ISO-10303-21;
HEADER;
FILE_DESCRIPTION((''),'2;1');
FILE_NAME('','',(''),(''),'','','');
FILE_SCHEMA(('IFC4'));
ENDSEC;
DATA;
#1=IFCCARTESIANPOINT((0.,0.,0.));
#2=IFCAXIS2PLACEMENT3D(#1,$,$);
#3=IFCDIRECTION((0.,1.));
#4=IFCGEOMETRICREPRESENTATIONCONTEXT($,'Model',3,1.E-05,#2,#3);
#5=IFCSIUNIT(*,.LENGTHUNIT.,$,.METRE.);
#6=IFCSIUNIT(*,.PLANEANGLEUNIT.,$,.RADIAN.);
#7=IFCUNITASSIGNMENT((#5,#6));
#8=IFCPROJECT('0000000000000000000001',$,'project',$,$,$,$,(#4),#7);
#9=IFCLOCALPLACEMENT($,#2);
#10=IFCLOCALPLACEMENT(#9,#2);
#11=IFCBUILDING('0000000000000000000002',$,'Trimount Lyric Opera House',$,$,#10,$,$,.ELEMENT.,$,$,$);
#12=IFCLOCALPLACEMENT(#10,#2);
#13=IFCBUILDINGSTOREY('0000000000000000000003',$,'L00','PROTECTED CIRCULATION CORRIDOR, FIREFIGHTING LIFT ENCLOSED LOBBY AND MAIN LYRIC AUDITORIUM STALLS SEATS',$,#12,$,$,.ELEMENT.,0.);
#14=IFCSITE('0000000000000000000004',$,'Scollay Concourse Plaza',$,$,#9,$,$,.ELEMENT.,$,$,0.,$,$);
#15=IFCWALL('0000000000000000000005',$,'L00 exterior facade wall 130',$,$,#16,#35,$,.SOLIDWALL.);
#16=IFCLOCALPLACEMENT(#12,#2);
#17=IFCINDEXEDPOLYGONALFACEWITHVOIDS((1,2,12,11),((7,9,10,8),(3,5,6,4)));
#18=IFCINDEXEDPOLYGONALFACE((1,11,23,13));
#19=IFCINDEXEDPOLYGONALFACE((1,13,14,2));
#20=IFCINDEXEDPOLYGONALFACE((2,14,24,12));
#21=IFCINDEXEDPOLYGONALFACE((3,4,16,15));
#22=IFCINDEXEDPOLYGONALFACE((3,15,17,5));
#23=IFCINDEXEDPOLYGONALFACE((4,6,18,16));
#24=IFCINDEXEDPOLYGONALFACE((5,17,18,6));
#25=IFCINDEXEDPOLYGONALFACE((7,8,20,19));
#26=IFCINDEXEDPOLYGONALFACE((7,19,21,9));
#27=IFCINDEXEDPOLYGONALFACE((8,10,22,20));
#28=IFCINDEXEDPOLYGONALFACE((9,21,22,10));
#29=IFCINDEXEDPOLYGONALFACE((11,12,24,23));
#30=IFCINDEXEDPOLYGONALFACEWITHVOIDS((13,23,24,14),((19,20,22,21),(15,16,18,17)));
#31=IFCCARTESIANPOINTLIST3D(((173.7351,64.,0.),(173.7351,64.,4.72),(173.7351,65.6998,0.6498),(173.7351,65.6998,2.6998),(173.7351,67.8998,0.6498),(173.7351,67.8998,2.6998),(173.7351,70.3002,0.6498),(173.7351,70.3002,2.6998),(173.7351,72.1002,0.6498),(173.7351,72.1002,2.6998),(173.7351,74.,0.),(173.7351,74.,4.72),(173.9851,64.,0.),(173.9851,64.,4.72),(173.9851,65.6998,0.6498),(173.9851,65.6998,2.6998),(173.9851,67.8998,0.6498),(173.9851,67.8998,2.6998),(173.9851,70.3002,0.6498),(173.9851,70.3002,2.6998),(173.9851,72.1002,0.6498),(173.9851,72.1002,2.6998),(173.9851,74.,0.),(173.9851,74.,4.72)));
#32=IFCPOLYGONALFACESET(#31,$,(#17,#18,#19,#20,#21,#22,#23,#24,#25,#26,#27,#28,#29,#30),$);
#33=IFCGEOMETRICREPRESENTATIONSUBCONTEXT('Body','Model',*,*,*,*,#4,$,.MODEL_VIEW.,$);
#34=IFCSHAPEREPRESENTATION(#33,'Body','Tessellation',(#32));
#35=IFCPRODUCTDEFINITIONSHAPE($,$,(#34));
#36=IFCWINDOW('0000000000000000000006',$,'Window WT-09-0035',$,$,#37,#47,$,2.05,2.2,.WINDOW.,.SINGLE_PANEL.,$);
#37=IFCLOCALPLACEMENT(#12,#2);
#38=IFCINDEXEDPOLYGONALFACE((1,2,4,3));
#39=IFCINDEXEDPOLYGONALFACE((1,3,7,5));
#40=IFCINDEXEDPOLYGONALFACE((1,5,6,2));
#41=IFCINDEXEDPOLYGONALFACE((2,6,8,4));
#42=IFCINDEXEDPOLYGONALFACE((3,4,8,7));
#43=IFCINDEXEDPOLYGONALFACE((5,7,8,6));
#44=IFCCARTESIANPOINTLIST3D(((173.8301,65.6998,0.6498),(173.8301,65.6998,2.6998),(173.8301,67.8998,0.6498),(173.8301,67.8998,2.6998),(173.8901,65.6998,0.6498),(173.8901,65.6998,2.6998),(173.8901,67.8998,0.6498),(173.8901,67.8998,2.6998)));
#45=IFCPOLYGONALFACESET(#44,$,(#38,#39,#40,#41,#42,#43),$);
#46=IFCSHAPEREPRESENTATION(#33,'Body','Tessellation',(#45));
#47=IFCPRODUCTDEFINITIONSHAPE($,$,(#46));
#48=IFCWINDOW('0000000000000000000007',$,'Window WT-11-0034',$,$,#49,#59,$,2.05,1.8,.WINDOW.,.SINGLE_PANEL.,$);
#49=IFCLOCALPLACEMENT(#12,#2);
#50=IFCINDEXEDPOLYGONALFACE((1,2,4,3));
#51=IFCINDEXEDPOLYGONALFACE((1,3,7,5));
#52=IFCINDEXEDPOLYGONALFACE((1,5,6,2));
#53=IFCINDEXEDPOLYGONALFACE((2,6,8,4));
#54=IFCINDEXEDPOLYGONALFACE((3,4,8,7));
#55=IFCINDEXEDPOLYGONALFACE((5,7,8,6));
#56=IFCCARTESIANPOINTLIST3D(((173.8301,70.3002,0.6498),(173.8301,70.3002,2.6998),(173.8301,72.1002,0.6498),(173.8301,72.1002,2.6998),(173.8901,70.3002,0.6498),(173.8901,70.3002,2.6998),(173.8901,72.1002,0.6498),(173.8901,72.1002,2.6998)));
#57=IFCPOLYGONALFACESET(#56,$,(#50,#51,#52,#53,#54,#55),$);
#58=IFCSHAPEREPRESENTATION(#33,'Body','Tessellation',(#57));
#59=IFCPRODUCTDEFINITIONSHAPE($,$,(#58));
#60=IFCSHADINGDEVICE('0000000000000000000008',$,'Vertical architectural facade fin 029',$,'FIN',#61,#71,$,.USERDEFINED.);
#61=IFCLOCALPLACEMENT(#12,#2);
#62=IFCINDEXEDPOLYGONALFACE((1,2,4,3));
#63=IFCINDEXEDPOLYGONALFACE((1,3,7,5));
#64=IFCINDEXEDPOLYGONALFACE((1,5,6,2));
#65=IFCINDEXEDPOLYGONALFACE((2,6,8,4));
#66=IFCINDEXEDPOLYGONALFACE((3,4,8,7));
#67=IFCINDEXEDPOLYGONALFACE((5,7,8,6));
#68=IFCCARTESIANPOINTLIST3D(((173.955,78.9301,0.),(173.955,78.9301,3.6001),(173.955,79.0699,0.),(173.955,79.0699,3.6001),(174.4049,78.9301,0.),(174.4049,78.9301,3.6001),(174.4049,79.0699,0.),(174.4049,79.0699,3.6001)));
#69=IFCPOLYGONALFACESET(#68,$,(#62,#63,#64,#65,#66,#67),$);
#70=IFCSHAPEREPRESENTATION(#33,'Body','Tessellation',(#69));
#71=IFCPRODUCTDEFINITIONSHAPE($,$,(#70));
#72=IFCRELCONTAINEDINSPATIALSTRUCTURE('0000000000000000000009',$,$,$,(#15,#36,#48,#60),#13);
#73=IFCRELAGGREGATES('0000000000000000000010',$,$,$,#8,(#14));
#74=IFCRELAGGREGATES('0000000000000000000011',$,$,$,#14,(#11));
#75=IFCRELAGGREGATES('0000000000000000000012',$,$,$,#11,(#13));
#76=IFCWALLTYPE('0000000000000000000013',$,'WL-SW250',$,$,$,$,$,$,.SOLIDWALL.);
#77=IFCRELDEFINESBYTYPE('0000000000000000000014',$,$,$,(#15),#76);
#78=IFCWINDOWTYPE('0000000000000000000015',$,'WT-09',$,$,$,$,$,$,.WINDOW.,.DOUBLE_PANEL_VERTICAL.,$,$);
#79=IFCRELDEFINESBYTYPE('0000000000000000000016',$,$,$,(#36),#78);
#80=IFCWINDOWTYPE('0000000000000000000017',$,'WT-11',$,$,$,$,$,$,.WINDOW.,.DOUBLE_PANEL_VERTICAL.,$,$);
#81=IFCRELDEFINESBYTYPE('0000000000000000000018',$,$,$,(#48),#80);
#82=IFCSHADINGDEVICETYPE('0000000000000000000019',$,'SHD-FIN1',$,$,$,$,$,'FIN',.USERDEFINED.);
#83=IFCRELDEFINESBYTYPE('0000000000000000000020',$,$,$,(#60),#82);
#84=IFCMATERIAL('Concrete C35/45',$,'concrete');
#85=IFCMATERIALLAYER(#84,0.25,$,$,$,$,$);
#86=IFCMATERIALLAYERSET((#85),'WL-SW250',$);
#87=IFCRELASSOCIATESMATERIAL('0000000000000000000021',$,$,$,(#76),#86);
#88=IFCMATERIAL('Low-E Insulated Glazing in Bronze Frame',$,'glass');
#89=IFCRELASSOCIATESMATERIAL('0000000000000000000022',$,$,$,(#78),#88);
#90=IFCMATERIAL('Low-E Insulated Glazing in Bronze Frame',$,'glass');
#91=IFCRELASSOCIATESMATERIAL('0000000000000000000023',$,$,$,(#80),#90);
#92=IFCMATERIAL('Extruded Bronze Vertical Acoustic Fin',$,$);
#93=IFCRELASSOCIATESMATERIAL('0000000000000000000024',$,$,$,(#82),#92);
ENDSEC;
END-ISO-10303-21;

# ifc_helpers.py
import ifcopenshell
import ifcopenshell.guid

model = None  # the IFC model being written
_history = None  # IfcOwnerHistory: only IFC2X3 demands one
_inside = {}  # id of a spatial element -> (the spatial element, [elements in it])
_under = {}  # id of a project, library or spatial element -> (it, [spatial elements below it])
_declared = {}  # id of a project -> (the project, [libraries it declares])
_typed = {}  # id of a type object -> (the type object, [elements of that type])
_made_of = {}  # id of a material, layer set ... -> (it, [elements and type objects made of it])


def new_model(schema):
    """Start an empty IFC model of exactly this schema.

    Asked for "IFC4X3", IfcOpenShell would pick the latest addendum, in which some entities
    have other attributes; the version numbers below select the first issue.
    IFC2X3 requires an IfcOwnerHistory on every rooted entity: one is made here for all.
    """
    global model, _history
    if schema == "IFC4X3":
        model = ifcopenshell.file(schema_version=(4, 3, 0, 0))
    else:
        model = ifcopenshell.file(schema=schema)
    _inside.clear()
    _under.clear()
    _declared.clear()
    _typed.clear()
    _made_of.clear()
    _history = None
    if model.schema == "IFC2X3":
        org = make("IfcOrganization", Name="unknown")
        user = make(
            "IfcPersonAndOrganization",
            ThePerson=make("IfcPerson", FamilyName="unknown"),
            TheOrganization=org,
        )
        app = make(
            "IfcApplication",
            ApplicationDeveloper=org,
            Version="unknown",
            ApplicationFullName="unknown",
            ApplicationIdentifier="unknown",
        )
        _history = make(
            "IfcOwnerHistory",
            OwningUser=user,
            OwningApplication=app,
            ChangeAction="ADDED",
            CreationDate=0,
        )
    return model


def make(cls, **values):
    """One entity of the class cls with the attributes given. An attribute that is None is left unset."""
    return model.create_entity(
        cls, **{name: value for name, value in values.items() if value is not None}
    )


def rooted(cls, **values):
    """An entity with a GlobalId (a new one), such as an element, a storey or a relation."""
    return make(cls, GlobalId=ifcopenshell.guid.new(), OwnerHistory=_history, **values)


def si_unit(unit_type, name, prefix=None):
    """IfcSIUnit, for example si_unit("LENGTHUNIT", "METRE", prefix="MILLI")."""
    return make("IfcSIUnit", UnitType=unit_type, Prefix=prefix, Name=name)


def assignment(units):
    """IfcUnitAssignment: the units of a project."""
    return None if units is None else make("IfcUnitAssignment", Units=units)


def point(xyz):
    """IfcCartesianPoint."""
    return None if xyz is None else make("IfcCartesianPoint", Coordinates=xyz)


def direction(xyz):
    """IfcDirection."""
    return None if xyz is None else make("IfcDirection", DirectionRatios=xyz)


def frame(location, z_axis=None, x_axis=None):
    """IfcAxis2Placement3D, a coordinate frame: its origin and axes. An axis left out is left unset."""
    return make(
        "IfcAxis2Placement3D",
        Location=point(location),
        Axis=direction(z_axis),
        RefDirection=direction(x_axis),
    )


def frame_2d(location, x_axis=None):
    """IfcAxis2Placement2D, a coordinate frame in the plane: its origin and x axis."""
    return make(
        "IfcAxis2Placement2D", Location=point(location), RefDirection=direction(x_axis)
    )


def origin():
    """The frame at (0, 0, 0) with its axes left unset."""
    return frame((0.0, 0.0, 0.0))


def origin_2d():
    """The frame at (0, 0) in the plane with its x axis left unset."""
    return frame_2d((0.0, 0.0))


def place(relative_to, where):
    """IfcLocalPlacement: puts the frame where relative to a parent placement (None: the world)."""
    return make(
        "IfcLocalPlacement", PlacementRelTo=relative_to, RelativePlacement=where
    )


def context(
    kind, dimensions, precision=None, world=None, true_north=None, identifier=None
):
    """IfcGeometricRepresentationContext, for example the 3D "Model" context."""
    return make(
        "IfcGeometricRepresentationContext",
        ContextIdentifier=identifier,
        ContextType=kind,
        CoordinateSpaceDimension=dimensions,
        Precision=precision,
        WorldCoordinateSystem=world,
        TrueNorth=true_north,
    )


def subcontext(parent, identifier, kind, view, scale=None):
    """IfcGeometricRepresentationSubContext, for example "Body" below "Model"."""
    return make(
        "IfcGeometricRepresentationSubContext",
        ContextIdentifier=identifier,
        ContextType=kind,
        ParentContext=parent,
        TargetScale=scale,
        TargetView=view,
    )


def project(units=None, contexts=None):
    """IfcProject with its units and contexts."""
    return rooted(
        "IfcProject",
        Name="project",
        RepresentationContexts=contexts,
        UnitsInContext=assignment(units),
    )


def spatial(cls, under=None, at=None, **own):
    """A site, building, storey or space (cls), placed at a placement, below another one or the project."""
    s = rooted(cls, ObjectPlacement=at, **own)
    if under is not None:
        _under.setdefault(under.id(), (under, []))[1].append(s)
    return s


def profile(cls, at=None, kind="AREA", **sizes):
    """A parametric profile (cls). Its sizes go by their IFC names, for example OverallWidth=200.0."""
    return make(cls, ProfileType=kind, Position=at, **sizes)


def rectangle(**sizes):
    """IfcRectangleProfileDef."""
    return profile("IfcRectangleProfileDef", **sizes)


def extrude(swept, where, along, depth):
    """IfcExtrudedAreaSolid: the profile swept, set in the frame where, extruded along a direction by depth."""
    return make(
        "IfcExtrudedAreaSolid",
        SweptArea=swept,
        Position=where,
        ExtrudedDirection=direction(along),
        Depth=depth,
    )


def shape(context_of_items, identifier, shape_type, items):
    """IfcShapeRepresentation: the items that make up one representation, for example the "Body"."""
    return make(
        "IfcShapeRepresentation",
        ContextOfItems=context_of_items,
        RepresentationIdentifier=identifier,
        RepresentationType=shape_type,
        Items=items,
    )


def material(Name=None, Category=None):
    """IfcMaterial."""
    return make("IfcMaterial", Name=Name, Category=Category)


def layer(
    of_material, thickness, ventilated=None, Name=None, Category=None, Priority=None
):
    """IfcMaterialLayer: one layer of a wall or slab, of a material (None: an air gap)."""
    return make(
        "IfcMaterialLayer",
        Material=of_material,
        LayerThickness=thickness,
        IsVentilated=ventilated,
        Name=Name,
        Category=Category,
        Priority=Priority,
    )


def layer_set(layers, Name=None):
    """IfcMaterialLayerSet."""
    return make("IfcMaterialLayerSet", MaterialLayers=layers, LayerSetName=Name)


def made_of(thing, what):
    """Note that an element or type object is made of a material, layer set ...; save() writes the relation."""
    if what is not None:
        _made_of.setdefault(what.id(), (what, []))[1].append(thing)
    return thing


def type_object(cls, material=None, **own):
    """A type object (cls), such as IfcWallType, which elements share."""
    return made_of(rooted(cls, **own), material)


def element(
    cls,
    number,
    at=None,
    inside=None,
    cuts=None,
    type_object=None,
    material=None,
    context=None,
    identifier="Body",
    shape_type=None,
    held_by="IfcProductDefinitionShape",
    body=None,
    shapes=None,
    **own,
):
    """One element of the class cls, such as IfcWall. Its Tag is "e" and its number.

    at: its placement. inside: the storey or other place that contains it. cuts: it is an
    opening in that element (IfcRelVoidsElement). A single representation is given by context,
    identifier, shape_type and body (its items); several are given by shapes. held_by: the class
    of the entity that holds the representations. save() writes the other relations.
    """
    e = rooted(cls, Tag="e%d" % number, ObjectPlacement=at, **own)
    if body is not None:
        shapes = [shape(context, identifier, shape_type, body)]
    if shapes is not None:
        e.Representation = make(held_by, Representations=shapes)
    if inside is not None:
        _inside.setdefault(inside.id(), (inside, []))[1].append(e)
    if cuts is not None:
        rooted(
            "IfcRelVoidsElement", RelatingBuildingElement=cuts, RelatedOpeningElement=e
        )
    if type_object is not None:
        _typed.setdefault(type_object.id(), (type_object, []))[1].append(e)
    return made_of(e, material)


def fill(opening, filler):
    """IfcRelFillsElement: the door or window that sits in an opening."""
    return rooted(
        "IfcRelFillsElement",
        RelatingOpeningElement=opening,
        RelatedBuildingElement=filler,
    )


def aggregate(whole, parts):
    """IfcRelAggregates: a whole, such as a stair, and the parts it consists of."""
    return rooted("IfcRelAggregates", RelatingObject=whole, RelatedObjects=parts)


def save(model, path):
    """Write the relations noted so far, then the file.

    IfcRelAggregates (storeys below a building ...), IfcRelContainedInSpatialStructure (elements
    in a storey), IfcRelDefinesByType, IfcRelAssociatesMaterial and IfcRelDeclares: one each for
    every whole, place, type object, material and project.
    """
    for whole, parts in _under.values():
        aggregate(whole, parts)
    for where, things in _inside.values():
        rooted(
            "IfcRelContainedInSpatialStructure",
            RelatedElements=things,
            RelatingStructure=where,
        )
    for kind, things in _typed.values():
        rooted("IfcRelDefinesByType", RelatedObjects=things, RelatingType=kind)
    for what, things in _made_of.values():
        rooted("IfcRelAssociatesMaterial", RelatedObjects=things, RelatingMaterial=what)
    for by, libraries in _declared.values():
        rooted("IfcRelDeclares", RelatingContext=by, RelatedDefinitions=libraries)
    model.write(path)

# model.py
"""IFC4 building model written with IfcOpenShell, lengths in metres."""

from ifc_helpers import new_model, si_unit, direction, frame, frame_2d, origin, origin_2d, place, context, subcontext, project, spatial, rectangle, extrude, material, layer, layer_set, type_object, element, fill, save


model = new_model("IFC4")

# Units and contexts
model_context = context("Model", 3, precision=1e-05, world=origin(), true_north=direction((0.0, 1.0)))
body_context = subcontext(model_context, "Body", "Model", "MODEL_VIEW")
ifc_project = project(units=[si_unit("LENGTHUNIT", "METRE"), si_unit("PLANEANGLEUNIT", "RADIAN")], contexts=[model_context])

# Site, building, storey
site_placement = place(None, origin())
site = spatial("IfcSite", under=ifc_project, at=site_placement, Name="Scollay Concourse Plaza", CompositionType="ELEMENT", RefElevation=0.0)
building_placement = place(site_placement, origin())
building = spatial("IfcBuilding", under=site, at=building_placement, Name="Trimount Lyric Opera House", CompositionType="ELEMENT")
storey_placement = place(building_placement, origin())
storey = spatial("IfcBuildingStorey", under=building, at=storey_placement, Name="L00", Description="PROTECTED CIRCULATION CORRIDOR, FIREFIGHTING LIFT ENCLOSED LOBBY AND MAIN LYRIC AUDITORIUM STALLS SEATS", CompositionType="ELEMENT", Elevation=0.0)

# Wall, openings, windows
ifc_material_1 = material(Name="Concrete C35/45", Category="concrete")
ifc_layer = layer(ifc_material_1, 0.25)
ifc_layer_set = layer_set([ifc_layer], Name="WL-SW250")
wall_type = type_object("IfcWallType", Name="WL-SW250", PredefinedType="SOLIDWALL", material=ifc_layer_set)
wall_1_placement = place(storey_placement, frame((173.8601, 74.0, 0.0), z_axis=(0.0, 0.0, 1.0), x_axis=(0.0, -1.0, 0.0)))
wall_1 = element("IfcWall", 1, at=wall_1_placement, inside=storey, type_object=wall_type, Name="L00 exterior facade wall 130", PredefinedType="SOLIDWALL", context=body_context, shape_type="SweptSolid", body=[
    extrude(rectangle(XDim=10.0, YDim=0.25, at=frame_2d((5.0, 0.0))), origin(), (0.0, 0.0, 1.0), 4.72),
])
opening_1_placement = place(wall_1_placement, frame((1.8999, 0.0, 0.6499)))
opening_1 = element("IfcOpeningElement", 2, at=opening_1_placement, cuts=wall_1, PredefinedType="OPENING", context=body_context, shape_type="SweptSolid", body=[
    extrude(rectangle(XDim=1.8, YDim=2.05, at=frame_2d((0.8999, 1.0249))), frame((0.0, 0.135, 0.0), z_axis=(0.0, -1.0, 0.0), x_axis=(1.0, 0.0, 0.0)), (0.0, 0.0, 1.0), 0.27),
])
opening_2_placement = place(wall_1_placement, frame((6.1001, 0.0, 0.6499)))
opening_2 = element("IfcOpeningElement", 3, at=opening_2_placement, cuts=wall_1, PredefinedType="OPENING", context=body_context, shape_type="SweptSolid", body=[
    extrude(rectangle(XDim=2.2, YDim=2.05, at=frame_2d((1.1001, 1.0249))), frame((0.0, 0.135, 0.0), z_axis=(0.0, -1.0, 0.0), x_axis=(1.0, 0.0, 0.0)), (0.0, 0.0, 1.0), 0.27),
])
ifc_material_2 = material(Name="Low-E Insulated Glazing in Bronze Frame", Category="glass")
window_type_1 = type_object("IfcWindowType", Name="WT-09", PartitioningType="DOUBLE_PANEL_VERTICAL", PredefinedType="WINDOW", material=ifc_material_2)
window_1_placement = place(opening_2_placement, origin())
window_1 = element("IfcWindow", 4, at=window_1_placement, inside=storey, type_object=window_type_1, Name="Window WT-09-0035", OverallHeight=2.05, OverallWidth=2.2, PartitioningType="SINGLE_PANEL", PredefinedType="WINDOW", context=body_context, shape_type="SweptSolid", body=[
    extrude(rectangle(XDim=2.2, YDim=2.05, at=frame_2d((1.1001, 1.0249))), frame((0.0, 0.03, 0.0), z_axis=(0.0, -1.0, 0.0), x_axis=(1.0, 0.0, 0.0)), (0.0, 0.0, 1.0), 0.0601),
])
fill(opening_2, window_1)
ifc_material_3 = material(Name="Low-E Insulated Glazing in Bronze Frame", Category="glass")
window_type_2 = type_object("IfcWindowType", Name="WT-11", PartitioningType="DOUBLE_PANEL_VERTICAL", PredefinedType="WINDOW", material=ifc_material_3)
window_2_placement = place(opening_1_placement, origin())
window_2 = element("IfcWindow", 5, at=window_2_placement, inside=storey, type_object=window_type_2, Name="Window WT-11-0034", OverallHeight=2.05, OverallWidth=1.8, PartitioningType="SINGLE_PANEL", PredefinedType="WINDOW", context=body_context, shape_type="SweptSolid", body=[
    extrude(rectangle(XDim=1.8, YDim=2.05, at=frame_2d((0.8999, 1.0249))), frame((0.0, 0.03, 0.0), z_axis=(0.0, -1.0, 0.0), x_axis=(1.0, 0.0, 0.0)), (0.0, 0.0, 1.0), 0.0601),
])
fill(opening_1, window_2)

# Shading device
ifc_material_4 = material(Name="Extruded Bronze Vertical Acoustic Fin")
shading_device_type = type_object("IfcShadingDeviceType", Name="SHD-FIN1", ElementType="FIN", PredefinedType="USERDEFINED", material=ifc_material_4)
shading_device_placement = place(storey_placement, frame((174.1799, 79.0, 0.0), z_axis=(0.0, 0.0, 1.0), x_axis=(1.0, 0.0, 0.0)))
element("IfcShadingDevice", 6, at=shading_device_placement, inside=storey, type_object=shading_device_type, Name="Vertical architectural facade fin 029", ObjectType="FIN", PredefinedType="USERDEFINED", context=body_context, shape_type="SweptSolid", body=[
    extrude(rectangle(XDim=0.45, YDim=0.1399, at=origin_2d()), origin(), (0.0, 0.0, 1.0), 3.6001),
])

save(model, "model.ifc")
